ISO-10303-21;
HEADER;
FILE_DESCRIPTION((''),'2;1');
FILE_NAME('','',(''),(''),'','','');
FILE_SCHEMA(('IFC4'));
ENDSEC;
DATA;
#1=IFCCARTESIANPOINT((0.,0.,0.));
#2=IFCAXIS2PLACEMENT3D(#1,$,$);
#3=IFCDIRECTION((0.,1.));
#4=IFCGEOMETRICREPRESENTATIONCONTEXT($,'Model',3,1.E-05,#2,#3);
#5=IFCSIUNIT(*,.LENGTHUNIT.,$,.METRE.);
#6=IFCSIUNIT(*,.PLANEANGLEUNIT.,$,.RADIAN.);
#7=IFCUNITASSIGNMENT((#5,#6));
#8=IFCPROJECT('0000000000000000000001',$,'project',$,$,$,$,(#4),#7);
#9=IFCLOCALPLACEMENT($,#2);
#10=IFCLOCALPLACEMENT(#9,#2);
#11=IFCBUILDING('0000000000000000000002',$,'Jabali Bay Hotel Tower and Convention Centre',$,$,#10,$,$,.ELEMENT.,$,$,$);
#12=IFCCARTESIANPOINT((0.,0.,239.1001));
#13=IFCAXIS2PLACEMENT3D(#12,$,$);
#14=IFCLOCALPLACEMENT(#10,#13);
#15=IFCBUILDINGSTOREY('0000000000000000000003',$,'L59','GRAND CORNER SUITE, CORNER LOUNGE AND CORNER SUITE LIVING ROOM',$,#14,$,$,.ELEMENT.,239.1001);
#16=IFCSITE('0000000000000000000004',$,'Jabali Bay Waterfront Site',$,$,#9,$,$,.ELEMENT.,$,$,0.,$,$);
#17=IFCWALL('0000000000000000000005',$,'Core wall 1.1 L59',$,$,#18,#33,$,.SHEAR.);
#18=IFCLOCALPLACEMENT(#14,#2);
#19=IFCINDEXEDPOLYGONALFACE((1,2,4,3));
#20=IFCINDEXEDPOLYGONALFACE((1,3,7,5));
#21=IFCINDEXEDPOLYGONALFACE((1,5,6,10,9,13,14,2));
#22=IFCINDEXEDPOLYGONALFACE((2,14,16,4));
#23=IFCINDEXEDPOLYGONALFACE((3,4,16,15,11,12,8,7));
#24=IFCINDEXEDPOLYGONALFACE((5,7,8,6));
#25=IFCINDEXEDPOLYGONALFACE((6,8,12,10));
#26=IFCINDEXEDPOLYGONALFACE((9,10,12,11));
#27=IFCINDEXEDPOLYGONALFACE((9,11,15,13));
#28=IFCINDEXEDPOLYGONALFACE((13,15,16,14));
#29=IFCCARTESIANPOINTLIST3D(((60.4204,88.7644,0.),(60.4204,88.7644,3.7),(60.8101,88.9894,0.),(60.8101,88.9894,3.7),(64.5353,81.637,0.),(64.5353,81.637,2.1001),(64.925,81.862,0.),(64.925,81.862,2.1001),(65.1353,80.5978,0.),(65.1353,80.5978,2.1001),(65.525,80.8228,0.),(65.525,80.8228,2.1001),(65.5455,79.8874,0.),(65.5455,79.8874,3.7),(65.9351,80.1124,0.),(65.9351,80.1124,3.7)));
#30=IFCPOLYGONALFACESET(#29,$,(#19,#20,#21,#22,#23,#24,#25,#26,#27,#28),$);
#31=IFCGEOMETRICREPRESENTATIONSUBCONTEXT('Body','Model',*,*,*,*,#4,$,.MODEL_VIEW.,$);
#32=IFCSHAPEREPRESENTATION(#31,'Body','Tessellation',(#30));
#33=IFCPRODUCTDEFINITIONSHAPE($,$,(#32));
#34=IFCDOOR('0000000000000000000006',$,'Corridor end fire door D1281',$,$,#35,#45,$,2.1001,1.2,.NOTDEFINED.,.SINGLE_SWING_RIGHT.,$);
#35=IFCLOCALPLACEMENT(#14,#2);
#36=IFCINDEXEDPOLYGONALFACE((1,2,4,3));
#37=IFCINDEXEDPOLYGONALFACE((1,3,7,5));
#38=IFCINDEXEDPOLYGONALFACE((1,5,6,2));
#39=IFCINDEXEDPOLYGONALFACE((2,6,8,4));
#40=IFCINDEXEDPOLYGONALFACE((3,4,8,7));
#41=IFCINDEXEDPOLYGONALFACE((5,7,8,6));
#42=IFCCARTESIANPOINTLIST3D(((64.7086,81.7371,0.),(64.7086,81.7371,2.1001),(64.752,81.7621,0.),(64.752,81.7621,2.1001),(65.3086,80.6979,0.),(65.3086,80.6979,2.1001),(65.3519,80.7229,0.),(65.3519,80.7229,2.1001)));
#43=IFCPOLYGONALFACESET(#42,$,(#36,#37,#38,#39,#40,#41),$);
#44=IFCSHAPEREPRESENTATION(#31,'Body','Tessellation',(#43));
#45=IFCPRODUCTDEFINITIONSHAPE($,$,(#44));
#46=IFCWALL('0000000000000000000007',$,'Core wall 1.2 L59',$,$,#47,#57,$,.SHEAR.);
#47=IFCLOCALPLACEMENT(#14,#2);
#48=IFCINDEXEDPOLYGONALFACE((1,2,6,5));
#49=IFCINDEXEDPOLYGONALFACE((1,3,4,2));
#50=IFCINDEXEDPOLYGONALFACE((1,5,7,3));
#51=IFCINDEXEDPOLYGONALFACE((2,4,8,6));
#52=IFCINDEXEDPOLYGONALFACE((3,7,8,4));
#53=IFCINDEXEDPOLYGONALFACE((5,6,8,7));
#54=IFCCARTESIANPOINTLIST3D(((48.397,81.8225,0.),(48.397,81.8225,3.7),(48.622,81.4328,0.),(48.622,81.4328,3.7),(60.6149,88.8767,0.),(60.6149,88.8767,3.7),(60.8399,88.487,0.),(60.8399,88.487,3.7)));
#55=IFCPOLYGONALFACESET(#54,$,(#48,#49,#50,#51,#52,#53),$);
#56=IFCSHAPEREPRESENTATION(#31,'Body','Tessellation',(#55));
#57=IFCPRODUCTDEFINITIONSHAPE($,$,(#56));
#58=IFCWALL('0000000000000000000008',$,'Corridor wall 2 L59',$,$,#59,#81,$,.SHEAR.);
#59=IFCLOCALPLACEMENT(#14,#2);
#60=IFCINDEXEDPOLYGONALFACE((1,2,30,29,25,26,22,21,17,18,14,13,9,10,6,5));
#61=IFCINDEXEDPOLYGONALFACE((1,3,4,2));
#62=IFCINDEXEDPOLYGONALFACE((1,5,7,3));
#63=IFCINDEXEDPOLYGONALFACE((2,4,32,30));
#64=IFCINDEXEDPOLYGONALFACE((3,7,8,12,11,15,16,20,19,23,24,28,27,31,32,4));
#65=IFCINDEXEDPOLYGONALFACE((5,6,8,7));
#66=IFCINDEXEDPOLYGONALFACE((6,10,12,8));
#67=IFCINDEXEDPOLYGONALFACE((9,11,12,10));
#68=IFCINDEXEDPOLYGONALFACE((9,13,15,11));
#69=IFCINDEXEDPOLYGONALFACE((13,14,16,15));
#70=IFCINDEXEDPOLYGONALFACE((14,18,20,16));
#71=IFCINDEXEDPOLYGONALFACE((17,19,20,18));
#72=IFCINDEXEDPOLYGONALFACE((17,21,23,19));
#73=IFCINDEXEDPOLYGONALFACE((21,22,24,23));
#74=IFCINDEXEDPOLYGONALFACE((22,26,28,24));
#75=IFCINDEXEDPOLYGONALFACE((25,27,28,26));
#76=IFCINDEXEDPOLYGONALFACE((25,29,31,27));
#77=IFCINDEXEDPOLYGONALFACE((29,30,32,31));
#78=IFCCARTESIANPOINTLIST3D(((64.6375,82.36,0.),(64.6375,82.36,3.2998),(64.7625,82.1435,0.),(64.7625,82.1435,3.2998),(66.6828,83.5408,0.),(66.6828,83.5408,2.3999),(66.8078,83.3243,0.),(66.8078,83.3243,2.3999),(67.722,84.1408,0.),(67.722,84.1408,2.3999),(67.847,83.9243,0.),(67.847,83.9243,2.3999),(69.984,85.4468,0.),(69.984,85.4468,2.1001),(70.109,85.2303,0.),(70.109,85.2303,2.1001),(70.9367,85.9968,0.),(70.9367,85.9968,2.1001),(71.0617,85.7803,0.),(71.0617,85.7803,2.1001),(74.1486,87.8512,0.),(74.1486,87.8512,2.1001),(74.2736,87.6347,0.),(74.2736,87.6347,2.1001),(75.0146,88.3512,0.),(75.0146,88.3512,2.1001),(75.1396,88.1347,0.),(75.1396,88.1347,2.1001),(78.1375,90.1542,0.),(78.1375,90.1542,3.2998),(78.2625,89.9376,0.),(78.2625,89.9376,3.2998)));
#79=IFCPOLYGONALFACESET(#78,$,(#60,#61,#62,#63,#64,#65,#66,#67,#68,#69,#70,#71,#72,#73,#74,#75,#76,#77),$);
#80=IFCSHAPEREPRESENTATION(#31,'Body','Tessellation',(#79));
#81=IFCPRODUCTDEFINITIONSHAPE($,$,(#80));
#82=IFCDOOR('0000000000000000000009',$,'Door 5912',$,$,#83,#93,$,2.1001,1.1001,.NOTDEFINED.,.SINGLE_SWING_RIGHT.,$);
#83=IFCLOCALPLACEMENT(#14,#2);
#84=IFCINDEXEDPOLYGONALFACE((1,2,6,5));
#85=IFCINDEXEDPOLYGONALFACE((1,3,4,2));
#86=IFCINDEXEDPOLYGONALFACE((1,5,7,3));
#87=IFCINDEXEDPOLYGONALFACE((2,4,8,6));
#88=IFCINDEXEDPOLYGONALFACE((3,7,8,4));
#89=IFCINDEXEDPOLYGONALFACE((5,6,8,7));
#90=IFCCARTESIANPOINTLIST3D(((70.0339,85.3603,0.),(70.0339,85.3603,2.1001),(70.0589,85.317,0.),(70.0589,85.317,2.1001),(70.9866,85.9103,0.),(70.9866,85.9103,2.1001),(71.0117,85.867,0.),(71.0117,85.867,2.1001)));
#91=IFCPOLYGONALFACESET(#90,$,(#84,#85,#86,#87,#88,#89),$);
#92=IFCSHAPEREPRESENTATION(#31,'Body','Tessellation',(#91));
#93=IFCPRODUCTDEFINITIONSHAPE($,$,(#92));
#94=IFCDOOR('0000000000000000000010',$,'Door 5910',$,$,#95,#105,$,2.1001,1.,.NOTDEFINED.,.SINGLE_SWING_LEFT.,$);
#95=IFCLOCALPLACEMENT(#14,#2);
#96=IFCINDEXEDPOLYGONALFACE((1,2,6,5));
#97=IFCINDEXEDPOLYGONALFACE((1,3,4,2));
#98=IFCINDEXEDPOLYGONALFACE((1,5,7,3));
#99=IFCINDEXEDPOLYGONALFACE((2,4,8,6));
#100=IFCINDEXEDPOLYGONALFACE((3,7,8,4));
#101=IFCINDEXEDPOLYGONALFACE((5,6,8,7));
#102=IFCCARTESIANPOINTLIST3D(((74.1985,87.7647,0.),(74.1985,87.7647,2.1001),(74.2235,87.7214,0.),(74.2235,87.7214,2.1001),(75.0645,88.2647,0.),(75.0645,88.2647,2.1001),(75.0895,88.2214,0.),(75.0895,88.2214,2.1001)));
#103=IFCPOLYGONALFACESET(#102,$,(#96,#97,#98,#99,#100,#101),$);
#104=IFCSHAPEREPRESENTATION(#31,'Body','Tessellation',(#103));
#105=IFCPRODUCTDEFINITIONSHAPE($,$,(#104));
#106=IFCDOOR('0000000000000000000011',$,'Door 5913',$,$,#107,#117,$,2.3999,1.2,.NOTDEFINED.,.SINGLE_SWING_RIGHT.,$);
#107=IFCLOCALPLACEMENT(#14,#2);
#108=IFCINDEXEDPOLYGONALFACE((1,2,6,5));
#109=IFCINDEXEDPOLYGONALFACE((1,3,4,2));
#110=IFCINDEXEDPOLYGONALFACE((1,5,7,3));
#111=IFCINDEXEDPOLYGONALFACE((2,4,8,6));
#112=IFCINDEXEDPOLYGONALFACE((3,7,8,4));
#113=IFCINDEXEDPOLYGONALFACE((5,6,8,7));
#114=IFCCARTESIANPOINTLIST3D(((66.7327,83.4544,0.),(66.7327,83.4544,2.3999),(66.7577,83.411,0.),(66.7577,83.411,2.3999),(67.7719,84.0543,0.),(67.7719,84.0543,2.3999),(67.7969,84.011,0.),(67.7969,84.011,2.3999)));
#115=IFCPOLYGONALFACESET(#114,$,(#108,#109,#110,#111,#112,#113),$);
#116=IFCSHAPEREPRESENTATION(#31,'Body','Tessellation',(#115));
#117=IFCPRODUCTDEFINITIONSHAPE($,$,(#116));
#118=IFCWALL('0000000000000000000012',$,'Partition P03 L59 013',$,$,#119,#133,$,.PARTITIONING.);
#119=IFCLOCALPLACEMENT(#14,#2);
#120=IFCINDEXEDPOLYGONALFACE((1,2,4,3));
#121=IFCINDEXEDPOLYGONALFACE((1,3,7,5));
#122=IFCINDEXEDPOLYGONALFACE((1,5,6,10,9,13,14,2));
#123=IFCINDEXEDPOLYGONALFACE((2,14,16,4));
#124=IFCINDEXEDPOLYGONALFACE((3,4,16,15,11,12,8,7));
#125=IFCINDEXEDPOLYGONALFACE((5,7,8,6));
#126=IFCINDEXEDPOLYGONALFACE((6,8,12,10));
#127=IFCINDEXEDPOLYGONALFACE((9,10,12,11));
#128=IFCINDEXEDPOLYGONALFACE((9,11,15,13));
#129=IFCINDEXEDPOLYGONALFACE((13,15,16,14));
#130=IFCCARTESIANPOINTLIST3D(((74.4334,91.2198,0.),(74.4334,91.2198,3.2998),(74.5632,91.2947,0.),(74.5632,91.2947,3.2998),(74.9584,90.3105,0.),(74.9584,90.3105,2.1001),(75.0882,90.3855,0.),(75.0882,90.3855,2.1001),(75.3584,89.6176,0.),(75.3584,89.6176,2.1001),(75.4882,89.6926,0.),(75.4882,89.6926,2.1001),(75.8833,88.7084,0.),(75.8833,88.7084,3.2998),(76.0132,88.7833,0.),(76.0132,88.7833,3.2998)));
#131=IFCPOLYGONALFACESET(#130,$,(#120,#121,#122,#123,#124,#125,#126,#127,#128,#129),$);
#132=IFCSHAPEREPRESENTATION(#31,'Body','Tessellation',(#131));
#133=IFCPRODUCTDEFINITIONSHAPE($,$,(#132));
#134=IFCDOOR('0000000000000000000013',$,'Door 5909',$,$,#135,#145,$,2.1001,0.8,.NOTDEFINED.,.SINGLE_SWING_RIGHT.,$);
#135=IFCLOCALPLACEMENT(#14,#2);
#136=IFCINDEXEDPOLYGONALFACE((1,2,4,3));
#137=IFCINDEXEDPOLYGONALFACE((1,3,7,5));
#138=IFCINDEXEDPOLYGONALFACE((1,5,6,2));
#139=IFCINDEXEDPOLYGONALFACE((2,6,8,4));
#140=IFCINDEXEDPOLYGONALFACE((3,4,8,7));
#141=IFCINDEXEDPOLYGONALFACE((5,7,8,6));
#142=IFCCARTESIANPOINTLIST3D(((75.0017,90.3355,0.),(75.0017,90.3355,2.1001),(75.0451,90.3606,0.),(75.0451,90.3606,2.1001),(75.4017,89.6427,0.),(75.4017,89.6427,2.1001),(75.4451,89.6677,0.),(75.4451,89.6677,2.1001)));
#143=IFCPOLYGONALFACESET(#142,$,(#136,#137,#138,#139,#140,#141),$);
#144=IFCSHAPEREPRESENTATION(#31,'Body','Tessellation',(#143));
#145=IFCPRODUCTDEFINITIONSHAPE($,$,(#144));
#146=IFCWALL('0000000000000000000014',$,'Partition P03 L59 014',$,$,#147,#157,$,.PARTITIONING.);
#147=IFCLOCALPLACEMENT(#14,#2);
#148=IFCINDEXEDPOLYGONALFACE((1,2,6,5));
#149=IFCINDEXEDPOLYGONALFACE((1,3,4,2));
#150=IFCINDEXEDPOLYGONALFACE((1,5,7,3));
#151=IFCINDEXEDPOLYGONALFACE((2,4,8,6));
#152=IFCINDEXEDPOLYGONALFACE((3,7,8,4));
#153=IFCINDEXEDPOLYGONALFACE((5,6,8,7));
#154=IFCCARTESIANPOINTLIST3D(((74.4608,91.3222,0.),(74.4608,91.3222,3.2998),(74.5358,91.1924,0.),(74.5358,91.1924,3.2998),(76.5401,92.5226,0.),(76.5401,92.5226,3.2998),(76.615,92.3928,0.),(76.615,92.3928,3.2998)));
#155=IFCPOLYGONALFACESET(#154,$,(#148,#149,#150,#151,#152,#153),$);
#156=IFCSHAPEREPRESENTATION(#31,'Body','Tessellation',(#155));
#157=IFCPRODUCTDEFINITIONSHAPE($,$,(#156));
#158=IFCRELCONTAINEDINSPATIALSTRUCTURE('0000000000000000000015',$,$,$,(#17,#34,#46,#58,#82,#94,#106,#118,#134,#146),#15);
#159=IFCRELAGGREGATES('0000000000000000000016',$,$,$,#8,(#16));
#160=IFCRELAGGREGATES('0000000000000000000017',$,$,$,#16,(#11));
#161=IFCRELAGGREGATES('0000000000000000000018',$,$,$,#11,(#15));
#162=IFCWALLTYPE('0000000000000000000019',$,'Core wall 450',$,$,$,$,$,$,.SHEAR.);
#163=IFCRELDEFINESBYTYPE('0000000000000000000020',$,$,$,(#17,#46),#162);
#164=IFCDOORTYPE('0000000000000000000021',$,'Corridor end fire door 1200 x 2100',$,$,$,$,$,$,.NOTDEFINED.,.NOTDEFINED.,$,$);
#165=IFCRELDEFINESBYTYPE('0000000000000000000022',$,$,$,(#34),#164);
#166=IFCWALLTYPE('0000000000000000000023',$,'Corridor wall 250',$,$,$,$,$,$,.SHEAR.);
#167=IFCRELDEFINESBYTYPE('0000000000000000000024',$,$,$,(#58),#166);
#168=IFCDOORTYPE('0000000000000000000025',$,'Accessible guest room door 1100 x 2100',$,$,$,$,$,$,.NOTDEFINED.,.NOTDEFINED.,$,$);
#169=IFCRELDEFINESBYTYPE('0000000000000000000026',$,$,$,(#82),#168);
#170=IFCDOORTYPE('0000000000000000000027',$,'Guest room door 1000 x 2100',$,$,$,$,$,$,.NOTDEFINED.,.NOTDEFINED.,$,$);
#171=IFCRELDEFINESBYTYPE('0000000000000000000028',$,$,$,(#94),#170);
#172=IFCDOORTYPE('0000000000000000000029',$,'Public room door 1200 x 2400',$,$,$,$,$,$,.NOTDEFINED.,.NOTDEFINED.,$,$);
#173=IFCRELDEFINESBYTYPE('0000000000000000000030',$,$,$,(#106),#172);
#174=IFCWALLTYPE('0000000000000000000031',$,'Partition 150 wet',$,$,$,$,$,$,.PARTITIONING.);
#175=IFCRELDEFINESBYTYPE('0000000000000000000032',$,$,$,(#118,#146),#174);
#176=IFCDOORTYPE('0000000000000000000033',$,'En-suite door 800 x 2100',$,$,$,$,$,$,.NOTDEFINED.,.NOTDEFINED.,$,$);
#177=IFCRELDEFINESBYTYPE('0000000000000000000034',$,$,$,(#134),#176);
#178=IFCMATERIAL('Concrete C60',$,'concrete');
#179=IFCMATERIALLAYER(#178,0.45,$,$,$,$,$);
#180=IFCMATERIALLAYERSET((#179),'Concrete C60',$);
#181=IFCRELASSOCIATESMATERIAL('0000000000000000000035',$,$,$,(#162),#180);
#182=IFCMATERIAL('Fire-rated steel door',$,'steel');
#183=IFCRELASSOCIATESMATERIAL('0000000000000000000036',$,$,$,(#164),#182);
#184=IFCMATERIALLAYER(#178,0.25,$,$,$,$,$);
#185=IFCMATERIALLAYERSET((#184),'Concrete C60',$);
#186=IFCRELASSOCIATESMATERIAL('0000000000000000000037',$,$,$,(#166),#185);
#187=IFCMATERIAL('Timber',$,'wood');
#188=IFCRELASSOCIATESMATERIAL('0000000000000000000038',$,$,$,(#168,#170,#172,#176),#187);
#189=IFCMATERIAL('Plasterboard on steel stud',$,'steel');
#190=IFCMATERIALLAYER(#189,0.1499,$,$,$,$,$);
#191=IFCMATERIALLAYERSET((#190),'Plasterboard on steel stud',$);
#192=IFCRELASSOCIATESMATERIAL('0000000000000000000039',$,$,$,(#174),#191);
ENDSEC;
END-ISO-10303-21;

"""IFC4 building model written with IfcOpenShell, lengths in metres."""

from ifc_helpers import new_model, si_unit, direction, frame, frame_2d, origin, place, context, subcontext, project, spatial, rectangle, extrude, material, layer, layer_set, type_object, element, fill, save


model = new_model("IFC4")

# Units and contexts
model_context = context("Model", 3, precision=1e-05, world=origin(), true_north=direction((0.0, 1.0)))
body_context = subcontext(model_context, "Body", "Model", "MODEL_VIEW")
ifc_project = project(units=[si_unit("LENGTHUNIT", "METRE"), si_unit("PLANEANGLEUNIT", "RADIAN")], contexts=[model_context])

# Site, building, storey
site_placement = place(None, origin())
site = spatial("IfcSite", under=ifc_project, at=site_placement, Name="Jabali Bay Waterfront Site", CompositionType="ELEMENT", RefElevation=0.0)
building_placement = place(site_placement, origin())
building = spatial("IfcBuilding", under=site, at=building_placement, Name="Jabali Bay Hotel Tower and Convention Centre", CompositionType="ELEMENT")
storey_placement = place(building_placement, frame((0.0, 0.0, 239.1001)))
storey = spatial("IfcBuildingStorey", under=building, at=storey_placement, Name="L59", Description="GRAND CORNER SUITE, CORNER LOUNGE AND CORNER SUITE LIVING ROOM", CompositionType="ELEMENT", Elevation=239.1001)

# Shared definitions
ifc_material_1 = material(Name="Fire-rated steel door", Category="steel")

# Wall, opening, door
ifc_material_2 = material(Name="Concrete C60", Category="concrete")
ifc_layer_1 = layer(ifc_material_2, 0.45)
ifc_layer_set_1 = layer_set([ifc_layer_1], Name="Concrete C60")
wall_type_1 = type_object("IfcWallType", Name="Core wall 450", PredefinedType="SHEAR", material=ifc_layer_set_1)
wall_1_placement = place(storey_placement, frame((65.7402, 80.0, 0.0), z_axis=(0.0, 0.0, 1.0), x_axis=(-0.499992, 0.86603, 0.0)))
wall_1 = element("IfcWall", 1, at=wall_1_placement, inside=storey, type_object=wall_type_1, Name="Core wall 1.1 L59", PredefinedType="SHEAR", context=body_context, shape_type="SweptSolid", body=[
    extrude(rectangle(XDim=10.2502, YDim=0.45, at=frame_2d((5.125, 0.0))), origin(), (0.0, 0.0, 1.0), 3.7),
])
opening_1_placement = place(wall_1_placement, frame((0.8201, 0.0, 0.0)))
opening_1 = element("IfcOpeningElement", 2, at=opening_1_placement, cuts=wall_1, PredefinedType="OPENING", context=body_context, shape_type="SweptSolid", body=[
    extrude(rectangle(XDim=1.2, YDim=2.1001, at=frame_2d((0.6001, 1.05))), frame((0.0, 0.2354, 0.0), z_axis=(0.0, -1.0, 0.0), x_axis=(1.0, 0.0, 0.0)), (0.0, 0.0, 1.0), 0.4709),
])
door_type_1 = type_object("IfcDoorType", Name="Corridor end fire door 1200 x 2100", OperationType="NOTDEFINED", PredefinedType="NOTDEFINED", material=ifc_material_1)
door_1_placement = place(opening_1_placement, origin())
door_1 = element("IfcDoor", 3, at=door_1_placement, inside=storey, type_object=door_type_1, Name="Corridor end fire door D1281", OperationType="SINGLE_SWING_RIGHT", OverallHeight=2.1001, OverallWidth=1.2, PredefinedType="NOTDEFINED", context=body_context, shape_type="SweptSolid", body=[
    extrude(rectangle(XDim=1.2, YDim=2.1001, at=frame_2d((0.6001, 1.05))), frame((0.0, 0.0249, 0.0), z_axis=(0.0, -1.0, 0.0), x_axis=(1.0, 0.0, 0.0)), (0.0, 0.0, 1.0), 0.05),
])
fill(opening_1, door_1)

# Wall
wall_2_placement = place(storey_placement, frame((60.7275, 88.6819, 0.0), z_axis=(0.0, 0.0, 1.0), x_axis=(-0.866022, -0.500007, 0.0)))
element("IfcWall", 4, at=wall_2_placement, inside=storey, type_object=wall_type_1, Name="Core wall 1.2 L59", PredefinedType="SHEAR", context=body_context, shape_type="SweptSolid", body=[
    extrude(rectangle(XDim=14.1082, YDim=0.45, at=frame_2d((7.0542, 0.0))), origin(), (0.0, 0.0, 1.0), 3.7),
])

# Wall, openings, doors
ifc_layer_2 = layer(ifc_material_2, 0.25)
ifc_layer_set_2 = layer_set([ifc_layer_2], Name="Concrete C60")
wall_type_2 = type_object("IfcWallType", Name="Corridor wall 250", PredefinedType="SHEAR", material=ifc_layer_set_2)
wall_3_placement = place(storey_placement, frame((78.2, 90.0459, 0.0), z_axis=(0.0, 0.0, 1.0), x_axis=(-0.866026, -0.499998, 0.0)))
wall_3 = element("IfcWall", 5, at=wall_3_placement, inside=storey, type_object=wall_type_2, Name="Corridor wall 2 L59", PredefinedType="SHEAR", context=body_context, shape_type="SweptSolid", body=[
    extrude(rectangle(XDim=15.5884, YDim=0.25, at=frame_2d((7.7942, 0.0))), origin(), (0.0, 0.0, 1.0), 3.2998),
])
opening_2_placement = place(wall_3_placement, frame((3.606, 0.0, 0.0)))
opening_2 = element("IfcOpeningElement", 6, at=opening_2_placement, cuts=wall_3, PredefinedType="OPENING", context=body_context, shape_type="SweptSolid", body=[
    extrude(rectangle(XDim=1.0, YDim=2.1001, at=frame_2d((0.5, 1.05))), frame((0.0, 0.1355, 0.0), z_axis=(0.0, -1.0, 0.0), x_axis=(1.0, 0.0, 0.0)), (0.0, 0.0, 1.0), 0.271),
])
opening_3_placement = place(wall_3_placement, frame((8.3147, 0.0, 0.0)))
opening_3 = element("IfcOpeningElement", 7, at=opening_3_placement, cuts=wall_3, PredefinedType="OPENING", context=body_context, shape_type="SweptSolid", body=[
    extrude(rectangle(XDim=1.1001, YDim=2.1001, at=frame_2d((0.55, 1.05))), frame((0.0, 0.1355, 0.0), z_axis=(0.0, -1.0, 0.0), x_axis=(1.0, 0.0, 0.0)), (0.0, 0.0, 1.0), 0.271),
])
opening_4_placement = place(wall_3_placement, frame((12.0266, 0.0, 0.0)))
opening_4 = element("IfcOpeningElement", 8, at=opening_4_placement, cuts=wall_3, PredefinedType="OPENING", context=body_context, shape_type="SweptSolid", body=[
    extrude(rectangle(XDim=1.2, YDim=2.3999, at=frame_2d((0.6001, 1.2))), frame((0.0, 0.1355, 0.0), z_axis=(0.0, -1.0, 0.0), x_axis=(1.0, 0.0, 0.0)), (0.0, 0.0, 1.0), 0.271),
])
ifc_material_3 = material(Name="Timber", Category="wood")
door_type_2 = type_object("IfcDoorType", Name="Accessible guest room door 1100 x 2100", OperationType="NOTDEFINED", PredefinedType="NOTDEFINED", material=ifc_material_3)
door_2_placement = place(opening_3_placement, origin())
door_2 = element("IfcDoor", 9, at=door_2_placement, inside=storey, type_object=door_type_2, Name="Door 5912", OperationType="SINGLE_SWING_RIGHT", OverallHeight=2.1001, OverallWidth=1.1001, PredefinedType="NOTDEFINED", context=body_context, shape_type="SweptSolid", body=[
    extrude(rectangle(XDim=1.1001, YDim=2.1001, at=frame_2d((0.55, 1.05))), frame((0.0, 0.0249, 0.0), z_axis=(0.0, -1.0, 0.0), x_axis=(1.0, 0.0, 0.0)), (0.0, 0.0, 1.0), 0.05),
])
fill(opening_3, door_2)
door_type_3 = type_object("IfcDoorType", Name="Guest room door 1000 x 2100", OperationType="NOTDEFINED", PredefinedType="NOTDEFINED", material=ifc_material_3)
door_3_placement = place(opening_2_placement, origin())
door_3 = element("IfcDoor", 10, at=door_3_placement, inside=storey, type_object=door_type_3, Name="Door 5910", OperationType="SINGLE_SWING_LEFT", OverallHeight=2.1001, OverallWidth=1.0, PredefinedType="NOTDEFINED", context=body_context, shape_type="SweptSolid", body=[
    extrude(rectangle(XDim=1.0, YDim=2.1001, at=frame_2d((0.5, 1.05))), frame((0.0, 0.0249, 0.0), z_axis=(0.0, -1.0, 0.0), x_axis=(1.0, 0.0, 0.0)), (0.0, 0.0, 1.0), 0.05),
])
fill(opening_2, door_3)
door_type_4 = type_object("IfcDoorType", Name="Public room door 1200 x 2400", OperationType="NOTDEFINED", PredefinedType="NOTDEFINED", material=ifc_material_3)
door_4_placement = place(opening_4_placement, origin())
door_4 = element("IfcDoor", 11, at=door_4_placement, inside=storey, type_object=door_type_4, Name="Door 5913", OperationType="SINGLE_SWING_RIGHT", OverallHeight=2.3999, OverallWidth=1.2, PredefinedType="NOTDEFINED", context=body_context, shape_type="SweptSolid", body=[
    extrude(rectangle(XDim=1.2, YDim=2.3999, at=frame_2d((0.6001, 1.2))), frame((0.0, 0.0249, 0.0), z_axis=(0.0, -1.0, 0.0), x_axis=(1.0, 0.0, 0.0)), (0.0, 0.0, 1.0), 0.05),
])
fill(opening_4, door_4)

# Wall, opening, door
ifc_material_4 = material(Name="Plasterboard on steel stud", Category="steel")
ifc_layer_3 = layer(ifc_material_4, 0.1499)
ifc_layer_set_3 = layer_set([ifc_layer_3], Name="Plasterboard on steel stud")
wall_type_3 = type_object("IfcWallType", Name="Partition 150 wet", PredefinedType="PARTITIONING", material=ifc_layer_set_3)
wall_4_placement = place(storey_placement, frame((75.9482, 88.7458, 0.0), z_axis=(0.0, 0.0, 1.0), x_axis=(-0.499987, 0.866033, 0.0)))
wall_4 = element("IfcWall", 12, at=wall_4_placement, inside=storey, type_object=wall_type_3, Name="Partition P03 L59 013", PredefinedType="PARTITIONING", context=body_context, shape_type="SweptSolid", body=[
    extrude(rectangle(XDim=2.8999, YDim=0.1499, at=frame_2d((1.45, 0.0))), origin(), (0.0, 0.0, 1.0), 3.2998),
])
opening_5_placement = place(wall_4_placement, frame((1.05, 0.0, 0.0)))
opening_5 = element("IfcOpeningElement", 13, at=opening_5_placement, cuts=wall_4, PredefinedType="OPENING", context=body_context, shape_type="SweptSolid", body=[
    extrude(rectangle(XDim=0.8, YDim=2.1001, at=frame_2d((0.3999, 1.05))), frame((0.0, 0.0854, 0.0), z_axis=(0.0, -1.0, 0.0), x_axis=(1.0, 0.0, 0.0)), (0.0, 0.0, 1.0), 0.1709),
])
door_type_5 = type_object("IfcDoorType", Name="En-suite door 800 x 2100", OperationType="NOTDEFINED", PredefinedType="NOTDEFINED", material=ifc_material_3)
door_5_placement = place(opening_5_placement, origin())
door_5 = element("IfcDoor", 14, at=door_5_placement, inside=storey, type_object=door_type_5, Name="Door 5909", OperationType="SINGLE_SWING_RIGHT", OverallHeight=2.1001, OverallWidth=0.8, PredefinedType="NOTDEFINED", context=body_context, shape_type="SweptSolid", body=[
    extrude(rectangle(XDim=0.8, YDim=2.1001, at=frame_2d((0.3999, 1.05))), frame((0.0, 0.0249, 0.0), z_axis=(0.0, -1.0, 0.0), x_axis=(1.0, 0.0, 0.0)), (0.0, 0.0, 1.0), 0.05),
])
fill(opening_5, door_5)

# Wall
wall_5_placement = place(storey_placement, frame((74.4983, 91.2573, 0.0), z_axis=(0.0, 0.0, 1.0), x_axis=(0.866038, 0.499978, 0.0)))
element("IfcWall", 15, at=wall_5_placement, inside=storey, type_object=wall_type_3, Name="Partition P03 L59 014", PredefinedType="PARTITIONING", context=body_context, shape_type="SweptSolid", body=[
    extrude(rectangle(XDim=2.4009, YDim=0.1499, at=frame_2d((1.2004, 0.0))), origin(), (0.0, 0.0, 1.0), 3.2998),
])

save(model, "model.ifc")
